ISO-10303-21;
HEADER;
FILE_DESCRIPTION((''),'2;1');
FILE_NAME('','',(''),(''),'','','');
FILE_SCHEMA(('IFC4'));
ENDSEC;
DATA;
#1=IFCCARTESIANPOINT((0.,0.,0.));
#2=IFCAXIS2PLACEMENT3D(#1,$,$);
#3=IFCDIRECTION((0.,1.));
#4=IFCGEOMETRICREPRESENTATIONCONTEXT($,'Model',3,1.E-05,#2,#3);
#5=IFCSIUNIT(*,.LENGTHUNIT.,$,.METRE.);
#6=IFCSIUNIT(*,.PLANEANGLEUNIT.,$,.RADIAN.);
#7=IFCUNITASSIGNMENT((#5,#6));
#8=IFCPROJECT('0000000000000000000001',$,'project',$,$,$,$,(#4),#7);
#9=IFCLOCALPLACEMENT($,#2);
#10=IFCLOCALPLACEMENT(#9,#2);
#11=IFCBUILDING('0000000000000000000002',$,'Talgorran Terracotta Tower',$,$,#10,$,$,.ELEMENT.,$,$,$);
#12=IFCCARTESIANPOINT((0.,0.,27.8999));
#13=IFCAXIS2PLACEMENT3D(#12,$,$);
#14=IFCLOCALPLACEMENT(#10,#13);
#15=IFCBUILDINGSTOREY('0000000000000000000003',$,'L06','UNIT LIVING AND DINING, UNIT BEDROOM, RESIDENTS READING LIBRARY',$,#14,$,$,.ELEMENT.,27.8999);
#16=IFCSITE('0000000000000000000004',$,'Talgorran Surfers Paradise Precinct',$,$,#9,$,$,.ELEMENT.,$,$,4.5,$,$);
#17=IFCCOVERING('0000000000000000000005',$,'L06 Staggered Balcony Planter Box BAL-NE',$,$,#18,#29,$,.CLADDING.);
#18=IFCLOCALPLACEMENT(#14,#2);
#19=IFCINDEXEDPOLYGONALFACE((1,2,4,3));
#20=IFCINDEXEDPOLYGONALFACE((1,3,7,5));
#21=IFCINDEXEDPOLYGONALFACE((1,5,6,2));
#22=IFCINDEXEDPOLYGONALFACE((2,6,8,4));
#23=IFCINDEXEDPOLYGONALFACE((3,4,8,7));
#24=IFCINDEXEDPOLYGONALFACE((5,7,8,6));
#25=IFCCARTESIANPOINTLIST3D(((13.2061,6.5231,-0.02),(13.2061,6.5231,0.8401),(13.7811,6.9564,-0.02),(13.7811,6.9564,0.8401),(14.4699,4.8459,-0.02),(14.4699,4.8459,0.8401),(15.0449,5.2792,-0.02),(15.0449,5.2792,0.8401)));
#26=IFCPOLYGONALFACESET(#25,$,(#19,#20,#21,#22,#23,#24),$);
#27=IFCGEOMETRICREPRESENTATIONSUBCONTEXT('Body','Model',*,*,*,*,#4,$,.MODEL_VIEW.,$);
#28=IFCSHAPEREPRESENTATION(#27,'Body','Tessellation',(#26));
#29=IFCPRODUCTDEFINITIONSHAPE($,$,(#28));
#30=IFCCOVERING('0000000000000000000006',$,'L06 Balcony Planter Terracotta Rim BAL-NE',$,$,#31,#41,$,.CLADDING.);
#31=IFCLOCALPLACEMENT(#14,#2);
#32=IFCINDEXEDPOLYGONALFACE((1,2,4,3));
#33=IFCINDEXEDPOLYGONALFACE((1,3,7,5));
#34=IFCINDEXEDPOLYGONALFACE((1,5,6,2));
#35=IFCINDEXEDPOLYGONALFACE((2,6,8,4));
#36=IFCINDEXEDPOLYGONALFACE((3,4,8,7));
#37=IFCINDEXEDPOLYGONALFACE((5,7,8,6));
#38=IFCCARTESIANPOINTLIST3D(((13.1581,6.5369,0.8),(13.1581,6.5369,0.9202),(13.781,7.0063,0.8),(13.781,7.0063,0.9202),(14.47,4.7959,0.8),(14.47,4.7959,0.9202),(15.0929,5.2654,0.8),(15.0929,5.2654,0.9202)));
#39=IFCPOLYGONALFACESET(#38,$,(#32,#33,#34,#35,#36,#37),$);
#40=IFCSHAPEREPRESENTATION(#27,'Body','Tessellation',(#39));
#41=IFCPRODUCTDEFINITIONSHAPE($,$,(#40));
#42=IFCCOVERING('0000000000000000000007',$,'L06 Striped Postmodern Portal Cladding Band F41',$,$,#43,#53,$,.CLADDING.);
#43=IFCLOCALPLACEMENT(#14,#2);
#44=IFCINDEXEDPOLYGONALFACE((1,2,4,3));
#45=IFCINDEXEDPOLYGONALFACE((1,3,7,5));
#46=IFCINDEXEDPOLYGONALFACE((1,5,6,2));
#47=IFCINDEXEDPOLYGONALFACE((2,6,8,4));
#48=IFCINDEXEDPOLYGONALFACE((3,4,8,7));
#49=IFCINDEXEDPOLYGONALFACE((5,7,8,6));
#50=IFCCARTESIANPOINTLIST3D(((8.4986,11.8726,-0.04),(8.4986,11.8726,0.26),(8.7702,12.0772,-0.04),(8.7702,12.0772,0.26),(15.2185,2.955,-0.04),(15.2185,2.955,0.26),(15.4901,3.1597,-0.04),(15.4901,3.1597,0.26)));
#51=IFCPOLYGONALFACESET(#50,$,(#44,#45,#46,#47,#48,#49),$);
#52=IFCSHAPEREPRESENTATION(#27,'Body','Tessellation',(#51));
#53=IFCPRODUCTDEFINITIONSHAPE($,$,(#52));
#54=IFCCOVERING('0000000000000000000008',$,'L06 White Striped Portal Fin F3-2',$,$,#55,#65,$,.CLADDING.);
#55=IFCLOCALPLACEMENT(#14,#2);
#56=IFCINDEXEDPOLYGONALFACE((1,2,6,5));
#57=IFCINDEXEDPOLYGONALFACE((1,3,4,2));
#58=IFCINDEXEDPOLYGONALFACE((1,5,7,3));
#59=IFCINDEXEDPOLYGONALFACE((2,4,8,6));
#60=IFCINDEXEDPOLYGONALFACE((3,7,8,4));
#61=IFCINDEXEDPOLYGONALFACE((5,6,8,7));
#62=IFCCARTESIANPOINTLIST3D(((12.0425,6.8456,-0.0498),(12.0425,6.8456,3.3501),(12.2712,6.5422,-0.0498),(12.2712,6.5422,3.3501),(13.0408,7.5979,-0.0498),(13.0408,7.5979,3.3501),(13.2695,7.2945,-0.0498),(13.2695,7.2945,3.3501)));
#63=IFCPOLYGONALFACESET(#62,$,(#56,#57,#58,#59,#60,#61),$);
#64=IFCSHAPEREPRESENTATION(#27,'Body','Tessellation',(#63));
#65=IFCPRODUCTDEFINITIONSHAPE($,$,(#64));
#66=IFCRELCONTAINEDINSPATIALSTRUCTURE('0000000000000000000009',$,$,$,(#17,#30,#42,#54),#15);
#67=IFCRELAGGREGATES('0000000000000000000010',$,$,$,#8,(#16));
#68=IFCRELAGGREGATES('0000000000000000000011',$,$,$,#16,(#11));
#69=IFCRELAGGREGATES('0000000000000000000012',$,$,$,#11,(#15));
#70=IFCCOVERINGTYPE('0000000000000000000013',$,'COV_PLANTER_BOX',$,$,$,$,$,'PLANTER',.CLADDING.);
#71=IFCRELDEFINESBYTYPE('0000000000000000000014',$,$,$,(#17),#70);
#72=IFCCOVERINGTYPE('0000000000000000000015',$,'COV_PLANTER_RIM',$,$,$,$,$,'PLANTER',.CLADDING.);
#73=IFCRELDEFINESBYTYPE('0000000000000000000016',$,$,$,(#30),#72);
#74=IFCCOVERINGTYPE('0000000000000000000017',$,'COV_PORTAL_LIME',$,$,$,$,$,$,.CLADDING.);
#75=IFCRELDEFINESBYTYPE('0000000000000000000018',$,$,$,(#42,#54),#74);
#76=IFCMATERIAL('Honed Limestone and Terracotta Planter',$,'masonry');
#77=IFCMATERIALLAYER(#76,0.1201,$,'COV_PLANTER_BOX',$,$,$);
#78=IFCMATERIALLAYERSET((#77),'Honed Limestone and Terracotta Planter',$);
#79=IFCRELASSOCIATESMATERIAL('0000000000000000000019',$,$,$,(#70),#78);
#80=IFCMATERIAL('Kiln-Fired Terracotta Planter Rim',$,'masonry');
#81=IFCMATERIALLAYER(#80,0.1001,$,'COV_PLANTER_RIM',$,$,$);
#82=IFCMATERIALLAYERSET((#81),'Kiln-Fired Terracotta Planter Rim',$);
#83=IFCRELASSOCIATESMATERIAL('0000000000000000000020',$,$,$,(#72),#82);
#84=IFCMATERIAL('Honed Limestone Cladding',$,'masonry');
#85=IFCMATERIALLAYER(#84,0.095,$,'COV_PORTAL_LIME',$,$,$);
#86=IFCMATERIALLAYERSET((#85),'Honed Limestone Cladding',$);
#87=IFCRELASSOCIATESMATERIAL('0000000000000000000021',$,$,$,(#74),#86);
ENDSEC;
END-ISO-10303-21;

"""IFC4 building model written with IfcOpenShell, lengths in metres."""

from ifc_helpers import new_model, si_unit, direction, frame, origin, origin_2d, place, context, subcontext, project, spatial, rectangle, extrude, material, layer, layer_set, type_object, element, save


model = new_model("IFC4")

# Units and contexts
model_context = context("Model", 3, precision=1e-05, world=origin(), true_north=direction((0.0, 1.0)))
body_context = subcontext(model_context, "Body", "Model", "MODEL_VIEW")
ifc_project = project(units=[si_unit("LENGTHUNIT", "METRE"), si_unit("PLANEANGLEUNIT", "RADIAN")], contexts=[model_context])

# Site, building, storey
site_placement = place(None, origin())
site = spatial("IfcSite", under=ifc_project, at=site_placement, Name="Talgorran Surfers Paradise Precinct", CompositionType="ELEMENT", RefElevation=4.5)
building_placement = place(site_placement, origin())
building = spatial("IfcBuilding", under=site, at=building_placement, Name="Talgorran Terracotta Tower", CompositionType="ELEMENT")
storey_placement = place(building_placement, frame((0.0, 0.0, 27.8999)))
storey = spatial("IfcBuildingStorey", under=building, at=storey_placement, Name="L06", Description="UNIT LIVING AND DINING, UNIT BEDROOM, RESIDENTS READING LIBRARY", CompositionType="ELEMENT", Elevation=27.8999)

# Coverings
ifc_material_1 = material(Name="Honed Limestone and Terracotta Planter", Category="masonry")
ifc_layer_1 = layer(ifc_material_1, 0.1201, Name="COV_PLANTER_BOX")
ifc_layer_set_1 = layer_set([ifc_layer_1], Name="Honed Limestone and Terracotta Planter")
covering_type_1 = type_object("IfcCoveringType", Name="COV_PLANTER_BOX", ElementType="PLANTER", PredefinedType="CLADDING", material=ifc_layer_set_1)
covering_1_placement = place(storey_placement, frame((14.1255, 5.9011, -0.02), z_axis=(0.0, 0.0, 1.0), x_axis=(-0.601815, 0.798636, 0.0)))
element("IfcCovering", 1, at=covering_1_placement, inside=storey, type_object=covering_type_1, Name="L06 Staggered Balcony Planter Box BAL-NE", PredefinedType="CLADDING", context=body_context, shape_type="SweptSolid", body=[
    extrude(rectangle(XDim=2.1001, YDim=0.72, at=origin_2d()), origin(), (0.0, 0.0, 1.0), 0.8601),
])
ifc_material_2 = material(Name="Kiln-Fired Terracotta Planter Rim", Category="masonry")
ifc_layer_2 = layer(ifc_material_2, 0.1001, Name="COV_PLANTER_RIM")
ifc_layer_set_2 = layer_set([ifc_layer_2], Name="Kiln-Fired Terracotta Planter Rim")
covering_type_2 = type_object("IfcCoveringType", Name="COV_PLANTER_RIM", ElementType="PLANTER", PredefinedType="CLADDING", material=ifc_layer_set_2)
covering_2_placement = place(storey_placement, frame((14.1255, 5.9011, 0.8), z_axis=(0.0, 0.0, 1.0), x_axis=(-0.601815, 0.798636, 0.0)))
element("IfcCovering", 2, at=covering_2_placement, inside=storey, type_object=covering_type_2, Name="L06 Balcony Planter Terracotta Rim BAL-NE", PredefinedType="CLADDING", context=body_context, shape_type="SweptSolid", body=[
    extrude(rectangle(XDim=2.1799, YDim=0.78, at=origin_2d()), origin(), (0.0, 0.0, 1.0), 0.1201),
])
ifc_material_3 = material(Name="Honed Limestone Cladding", Category="masonry")
ifc_layer_3 = layer(ifc_material_3, 0.095, Name="COV_PORTAL_LIME")
ifc_layer_set_3 = layer_set([ifc_layer_3], Name="Honed Limestone Cladding")
covering_type_3 = type_object("IfcCoveringType", Name="COV_PORTAL_LIME", PredefinedType="CLADDING", material=ifc_layer_set_3)
covering_3_placement = place(storey_placement, frame((11.9944, 7.5161, -0.04), z_axis=(0.0, 0.0, 1.0), x_axis=(-0.601815, 0.798636, 0.0)))
element("IfcCovering", 3, at=covering_3_placement, inside=storey, type_object=covering_type_3, Name="L06 Striped Postmodern Portal Cladding Band F41", PredefinedType="CLADDING", context=body_context, shape_type="SweptSolid", body=[
    extrude(rectangle(XDim=11.166, YDim=0.3401, at=origin_2d()), origin(), (0.0, 0.0, 1.0), 0.3),
])
covering_4_placement = place(storey_placement, frame((12.656, 7.0701, -0.0498), z_axis=(0.0, 0.0, 1.0), x_axis=(-0.601815, 0.798636, 0.0)))
element("IfcCovering", 4, at=covering_4_placement, inside=storey, type_object=covering_type_3, Name="L06 White Striped Portal Fin F3-2", PredefinedType="CLADDING", context=body_context, shape_type="SweptSolid", body=[
    extrude(rectangle(XDim=0.3799, YDim=1.25, at=origin_2d()), origin(), (0.0, 0.0, 1.0), 3.3999),
])

save(model, "model.ifc")
